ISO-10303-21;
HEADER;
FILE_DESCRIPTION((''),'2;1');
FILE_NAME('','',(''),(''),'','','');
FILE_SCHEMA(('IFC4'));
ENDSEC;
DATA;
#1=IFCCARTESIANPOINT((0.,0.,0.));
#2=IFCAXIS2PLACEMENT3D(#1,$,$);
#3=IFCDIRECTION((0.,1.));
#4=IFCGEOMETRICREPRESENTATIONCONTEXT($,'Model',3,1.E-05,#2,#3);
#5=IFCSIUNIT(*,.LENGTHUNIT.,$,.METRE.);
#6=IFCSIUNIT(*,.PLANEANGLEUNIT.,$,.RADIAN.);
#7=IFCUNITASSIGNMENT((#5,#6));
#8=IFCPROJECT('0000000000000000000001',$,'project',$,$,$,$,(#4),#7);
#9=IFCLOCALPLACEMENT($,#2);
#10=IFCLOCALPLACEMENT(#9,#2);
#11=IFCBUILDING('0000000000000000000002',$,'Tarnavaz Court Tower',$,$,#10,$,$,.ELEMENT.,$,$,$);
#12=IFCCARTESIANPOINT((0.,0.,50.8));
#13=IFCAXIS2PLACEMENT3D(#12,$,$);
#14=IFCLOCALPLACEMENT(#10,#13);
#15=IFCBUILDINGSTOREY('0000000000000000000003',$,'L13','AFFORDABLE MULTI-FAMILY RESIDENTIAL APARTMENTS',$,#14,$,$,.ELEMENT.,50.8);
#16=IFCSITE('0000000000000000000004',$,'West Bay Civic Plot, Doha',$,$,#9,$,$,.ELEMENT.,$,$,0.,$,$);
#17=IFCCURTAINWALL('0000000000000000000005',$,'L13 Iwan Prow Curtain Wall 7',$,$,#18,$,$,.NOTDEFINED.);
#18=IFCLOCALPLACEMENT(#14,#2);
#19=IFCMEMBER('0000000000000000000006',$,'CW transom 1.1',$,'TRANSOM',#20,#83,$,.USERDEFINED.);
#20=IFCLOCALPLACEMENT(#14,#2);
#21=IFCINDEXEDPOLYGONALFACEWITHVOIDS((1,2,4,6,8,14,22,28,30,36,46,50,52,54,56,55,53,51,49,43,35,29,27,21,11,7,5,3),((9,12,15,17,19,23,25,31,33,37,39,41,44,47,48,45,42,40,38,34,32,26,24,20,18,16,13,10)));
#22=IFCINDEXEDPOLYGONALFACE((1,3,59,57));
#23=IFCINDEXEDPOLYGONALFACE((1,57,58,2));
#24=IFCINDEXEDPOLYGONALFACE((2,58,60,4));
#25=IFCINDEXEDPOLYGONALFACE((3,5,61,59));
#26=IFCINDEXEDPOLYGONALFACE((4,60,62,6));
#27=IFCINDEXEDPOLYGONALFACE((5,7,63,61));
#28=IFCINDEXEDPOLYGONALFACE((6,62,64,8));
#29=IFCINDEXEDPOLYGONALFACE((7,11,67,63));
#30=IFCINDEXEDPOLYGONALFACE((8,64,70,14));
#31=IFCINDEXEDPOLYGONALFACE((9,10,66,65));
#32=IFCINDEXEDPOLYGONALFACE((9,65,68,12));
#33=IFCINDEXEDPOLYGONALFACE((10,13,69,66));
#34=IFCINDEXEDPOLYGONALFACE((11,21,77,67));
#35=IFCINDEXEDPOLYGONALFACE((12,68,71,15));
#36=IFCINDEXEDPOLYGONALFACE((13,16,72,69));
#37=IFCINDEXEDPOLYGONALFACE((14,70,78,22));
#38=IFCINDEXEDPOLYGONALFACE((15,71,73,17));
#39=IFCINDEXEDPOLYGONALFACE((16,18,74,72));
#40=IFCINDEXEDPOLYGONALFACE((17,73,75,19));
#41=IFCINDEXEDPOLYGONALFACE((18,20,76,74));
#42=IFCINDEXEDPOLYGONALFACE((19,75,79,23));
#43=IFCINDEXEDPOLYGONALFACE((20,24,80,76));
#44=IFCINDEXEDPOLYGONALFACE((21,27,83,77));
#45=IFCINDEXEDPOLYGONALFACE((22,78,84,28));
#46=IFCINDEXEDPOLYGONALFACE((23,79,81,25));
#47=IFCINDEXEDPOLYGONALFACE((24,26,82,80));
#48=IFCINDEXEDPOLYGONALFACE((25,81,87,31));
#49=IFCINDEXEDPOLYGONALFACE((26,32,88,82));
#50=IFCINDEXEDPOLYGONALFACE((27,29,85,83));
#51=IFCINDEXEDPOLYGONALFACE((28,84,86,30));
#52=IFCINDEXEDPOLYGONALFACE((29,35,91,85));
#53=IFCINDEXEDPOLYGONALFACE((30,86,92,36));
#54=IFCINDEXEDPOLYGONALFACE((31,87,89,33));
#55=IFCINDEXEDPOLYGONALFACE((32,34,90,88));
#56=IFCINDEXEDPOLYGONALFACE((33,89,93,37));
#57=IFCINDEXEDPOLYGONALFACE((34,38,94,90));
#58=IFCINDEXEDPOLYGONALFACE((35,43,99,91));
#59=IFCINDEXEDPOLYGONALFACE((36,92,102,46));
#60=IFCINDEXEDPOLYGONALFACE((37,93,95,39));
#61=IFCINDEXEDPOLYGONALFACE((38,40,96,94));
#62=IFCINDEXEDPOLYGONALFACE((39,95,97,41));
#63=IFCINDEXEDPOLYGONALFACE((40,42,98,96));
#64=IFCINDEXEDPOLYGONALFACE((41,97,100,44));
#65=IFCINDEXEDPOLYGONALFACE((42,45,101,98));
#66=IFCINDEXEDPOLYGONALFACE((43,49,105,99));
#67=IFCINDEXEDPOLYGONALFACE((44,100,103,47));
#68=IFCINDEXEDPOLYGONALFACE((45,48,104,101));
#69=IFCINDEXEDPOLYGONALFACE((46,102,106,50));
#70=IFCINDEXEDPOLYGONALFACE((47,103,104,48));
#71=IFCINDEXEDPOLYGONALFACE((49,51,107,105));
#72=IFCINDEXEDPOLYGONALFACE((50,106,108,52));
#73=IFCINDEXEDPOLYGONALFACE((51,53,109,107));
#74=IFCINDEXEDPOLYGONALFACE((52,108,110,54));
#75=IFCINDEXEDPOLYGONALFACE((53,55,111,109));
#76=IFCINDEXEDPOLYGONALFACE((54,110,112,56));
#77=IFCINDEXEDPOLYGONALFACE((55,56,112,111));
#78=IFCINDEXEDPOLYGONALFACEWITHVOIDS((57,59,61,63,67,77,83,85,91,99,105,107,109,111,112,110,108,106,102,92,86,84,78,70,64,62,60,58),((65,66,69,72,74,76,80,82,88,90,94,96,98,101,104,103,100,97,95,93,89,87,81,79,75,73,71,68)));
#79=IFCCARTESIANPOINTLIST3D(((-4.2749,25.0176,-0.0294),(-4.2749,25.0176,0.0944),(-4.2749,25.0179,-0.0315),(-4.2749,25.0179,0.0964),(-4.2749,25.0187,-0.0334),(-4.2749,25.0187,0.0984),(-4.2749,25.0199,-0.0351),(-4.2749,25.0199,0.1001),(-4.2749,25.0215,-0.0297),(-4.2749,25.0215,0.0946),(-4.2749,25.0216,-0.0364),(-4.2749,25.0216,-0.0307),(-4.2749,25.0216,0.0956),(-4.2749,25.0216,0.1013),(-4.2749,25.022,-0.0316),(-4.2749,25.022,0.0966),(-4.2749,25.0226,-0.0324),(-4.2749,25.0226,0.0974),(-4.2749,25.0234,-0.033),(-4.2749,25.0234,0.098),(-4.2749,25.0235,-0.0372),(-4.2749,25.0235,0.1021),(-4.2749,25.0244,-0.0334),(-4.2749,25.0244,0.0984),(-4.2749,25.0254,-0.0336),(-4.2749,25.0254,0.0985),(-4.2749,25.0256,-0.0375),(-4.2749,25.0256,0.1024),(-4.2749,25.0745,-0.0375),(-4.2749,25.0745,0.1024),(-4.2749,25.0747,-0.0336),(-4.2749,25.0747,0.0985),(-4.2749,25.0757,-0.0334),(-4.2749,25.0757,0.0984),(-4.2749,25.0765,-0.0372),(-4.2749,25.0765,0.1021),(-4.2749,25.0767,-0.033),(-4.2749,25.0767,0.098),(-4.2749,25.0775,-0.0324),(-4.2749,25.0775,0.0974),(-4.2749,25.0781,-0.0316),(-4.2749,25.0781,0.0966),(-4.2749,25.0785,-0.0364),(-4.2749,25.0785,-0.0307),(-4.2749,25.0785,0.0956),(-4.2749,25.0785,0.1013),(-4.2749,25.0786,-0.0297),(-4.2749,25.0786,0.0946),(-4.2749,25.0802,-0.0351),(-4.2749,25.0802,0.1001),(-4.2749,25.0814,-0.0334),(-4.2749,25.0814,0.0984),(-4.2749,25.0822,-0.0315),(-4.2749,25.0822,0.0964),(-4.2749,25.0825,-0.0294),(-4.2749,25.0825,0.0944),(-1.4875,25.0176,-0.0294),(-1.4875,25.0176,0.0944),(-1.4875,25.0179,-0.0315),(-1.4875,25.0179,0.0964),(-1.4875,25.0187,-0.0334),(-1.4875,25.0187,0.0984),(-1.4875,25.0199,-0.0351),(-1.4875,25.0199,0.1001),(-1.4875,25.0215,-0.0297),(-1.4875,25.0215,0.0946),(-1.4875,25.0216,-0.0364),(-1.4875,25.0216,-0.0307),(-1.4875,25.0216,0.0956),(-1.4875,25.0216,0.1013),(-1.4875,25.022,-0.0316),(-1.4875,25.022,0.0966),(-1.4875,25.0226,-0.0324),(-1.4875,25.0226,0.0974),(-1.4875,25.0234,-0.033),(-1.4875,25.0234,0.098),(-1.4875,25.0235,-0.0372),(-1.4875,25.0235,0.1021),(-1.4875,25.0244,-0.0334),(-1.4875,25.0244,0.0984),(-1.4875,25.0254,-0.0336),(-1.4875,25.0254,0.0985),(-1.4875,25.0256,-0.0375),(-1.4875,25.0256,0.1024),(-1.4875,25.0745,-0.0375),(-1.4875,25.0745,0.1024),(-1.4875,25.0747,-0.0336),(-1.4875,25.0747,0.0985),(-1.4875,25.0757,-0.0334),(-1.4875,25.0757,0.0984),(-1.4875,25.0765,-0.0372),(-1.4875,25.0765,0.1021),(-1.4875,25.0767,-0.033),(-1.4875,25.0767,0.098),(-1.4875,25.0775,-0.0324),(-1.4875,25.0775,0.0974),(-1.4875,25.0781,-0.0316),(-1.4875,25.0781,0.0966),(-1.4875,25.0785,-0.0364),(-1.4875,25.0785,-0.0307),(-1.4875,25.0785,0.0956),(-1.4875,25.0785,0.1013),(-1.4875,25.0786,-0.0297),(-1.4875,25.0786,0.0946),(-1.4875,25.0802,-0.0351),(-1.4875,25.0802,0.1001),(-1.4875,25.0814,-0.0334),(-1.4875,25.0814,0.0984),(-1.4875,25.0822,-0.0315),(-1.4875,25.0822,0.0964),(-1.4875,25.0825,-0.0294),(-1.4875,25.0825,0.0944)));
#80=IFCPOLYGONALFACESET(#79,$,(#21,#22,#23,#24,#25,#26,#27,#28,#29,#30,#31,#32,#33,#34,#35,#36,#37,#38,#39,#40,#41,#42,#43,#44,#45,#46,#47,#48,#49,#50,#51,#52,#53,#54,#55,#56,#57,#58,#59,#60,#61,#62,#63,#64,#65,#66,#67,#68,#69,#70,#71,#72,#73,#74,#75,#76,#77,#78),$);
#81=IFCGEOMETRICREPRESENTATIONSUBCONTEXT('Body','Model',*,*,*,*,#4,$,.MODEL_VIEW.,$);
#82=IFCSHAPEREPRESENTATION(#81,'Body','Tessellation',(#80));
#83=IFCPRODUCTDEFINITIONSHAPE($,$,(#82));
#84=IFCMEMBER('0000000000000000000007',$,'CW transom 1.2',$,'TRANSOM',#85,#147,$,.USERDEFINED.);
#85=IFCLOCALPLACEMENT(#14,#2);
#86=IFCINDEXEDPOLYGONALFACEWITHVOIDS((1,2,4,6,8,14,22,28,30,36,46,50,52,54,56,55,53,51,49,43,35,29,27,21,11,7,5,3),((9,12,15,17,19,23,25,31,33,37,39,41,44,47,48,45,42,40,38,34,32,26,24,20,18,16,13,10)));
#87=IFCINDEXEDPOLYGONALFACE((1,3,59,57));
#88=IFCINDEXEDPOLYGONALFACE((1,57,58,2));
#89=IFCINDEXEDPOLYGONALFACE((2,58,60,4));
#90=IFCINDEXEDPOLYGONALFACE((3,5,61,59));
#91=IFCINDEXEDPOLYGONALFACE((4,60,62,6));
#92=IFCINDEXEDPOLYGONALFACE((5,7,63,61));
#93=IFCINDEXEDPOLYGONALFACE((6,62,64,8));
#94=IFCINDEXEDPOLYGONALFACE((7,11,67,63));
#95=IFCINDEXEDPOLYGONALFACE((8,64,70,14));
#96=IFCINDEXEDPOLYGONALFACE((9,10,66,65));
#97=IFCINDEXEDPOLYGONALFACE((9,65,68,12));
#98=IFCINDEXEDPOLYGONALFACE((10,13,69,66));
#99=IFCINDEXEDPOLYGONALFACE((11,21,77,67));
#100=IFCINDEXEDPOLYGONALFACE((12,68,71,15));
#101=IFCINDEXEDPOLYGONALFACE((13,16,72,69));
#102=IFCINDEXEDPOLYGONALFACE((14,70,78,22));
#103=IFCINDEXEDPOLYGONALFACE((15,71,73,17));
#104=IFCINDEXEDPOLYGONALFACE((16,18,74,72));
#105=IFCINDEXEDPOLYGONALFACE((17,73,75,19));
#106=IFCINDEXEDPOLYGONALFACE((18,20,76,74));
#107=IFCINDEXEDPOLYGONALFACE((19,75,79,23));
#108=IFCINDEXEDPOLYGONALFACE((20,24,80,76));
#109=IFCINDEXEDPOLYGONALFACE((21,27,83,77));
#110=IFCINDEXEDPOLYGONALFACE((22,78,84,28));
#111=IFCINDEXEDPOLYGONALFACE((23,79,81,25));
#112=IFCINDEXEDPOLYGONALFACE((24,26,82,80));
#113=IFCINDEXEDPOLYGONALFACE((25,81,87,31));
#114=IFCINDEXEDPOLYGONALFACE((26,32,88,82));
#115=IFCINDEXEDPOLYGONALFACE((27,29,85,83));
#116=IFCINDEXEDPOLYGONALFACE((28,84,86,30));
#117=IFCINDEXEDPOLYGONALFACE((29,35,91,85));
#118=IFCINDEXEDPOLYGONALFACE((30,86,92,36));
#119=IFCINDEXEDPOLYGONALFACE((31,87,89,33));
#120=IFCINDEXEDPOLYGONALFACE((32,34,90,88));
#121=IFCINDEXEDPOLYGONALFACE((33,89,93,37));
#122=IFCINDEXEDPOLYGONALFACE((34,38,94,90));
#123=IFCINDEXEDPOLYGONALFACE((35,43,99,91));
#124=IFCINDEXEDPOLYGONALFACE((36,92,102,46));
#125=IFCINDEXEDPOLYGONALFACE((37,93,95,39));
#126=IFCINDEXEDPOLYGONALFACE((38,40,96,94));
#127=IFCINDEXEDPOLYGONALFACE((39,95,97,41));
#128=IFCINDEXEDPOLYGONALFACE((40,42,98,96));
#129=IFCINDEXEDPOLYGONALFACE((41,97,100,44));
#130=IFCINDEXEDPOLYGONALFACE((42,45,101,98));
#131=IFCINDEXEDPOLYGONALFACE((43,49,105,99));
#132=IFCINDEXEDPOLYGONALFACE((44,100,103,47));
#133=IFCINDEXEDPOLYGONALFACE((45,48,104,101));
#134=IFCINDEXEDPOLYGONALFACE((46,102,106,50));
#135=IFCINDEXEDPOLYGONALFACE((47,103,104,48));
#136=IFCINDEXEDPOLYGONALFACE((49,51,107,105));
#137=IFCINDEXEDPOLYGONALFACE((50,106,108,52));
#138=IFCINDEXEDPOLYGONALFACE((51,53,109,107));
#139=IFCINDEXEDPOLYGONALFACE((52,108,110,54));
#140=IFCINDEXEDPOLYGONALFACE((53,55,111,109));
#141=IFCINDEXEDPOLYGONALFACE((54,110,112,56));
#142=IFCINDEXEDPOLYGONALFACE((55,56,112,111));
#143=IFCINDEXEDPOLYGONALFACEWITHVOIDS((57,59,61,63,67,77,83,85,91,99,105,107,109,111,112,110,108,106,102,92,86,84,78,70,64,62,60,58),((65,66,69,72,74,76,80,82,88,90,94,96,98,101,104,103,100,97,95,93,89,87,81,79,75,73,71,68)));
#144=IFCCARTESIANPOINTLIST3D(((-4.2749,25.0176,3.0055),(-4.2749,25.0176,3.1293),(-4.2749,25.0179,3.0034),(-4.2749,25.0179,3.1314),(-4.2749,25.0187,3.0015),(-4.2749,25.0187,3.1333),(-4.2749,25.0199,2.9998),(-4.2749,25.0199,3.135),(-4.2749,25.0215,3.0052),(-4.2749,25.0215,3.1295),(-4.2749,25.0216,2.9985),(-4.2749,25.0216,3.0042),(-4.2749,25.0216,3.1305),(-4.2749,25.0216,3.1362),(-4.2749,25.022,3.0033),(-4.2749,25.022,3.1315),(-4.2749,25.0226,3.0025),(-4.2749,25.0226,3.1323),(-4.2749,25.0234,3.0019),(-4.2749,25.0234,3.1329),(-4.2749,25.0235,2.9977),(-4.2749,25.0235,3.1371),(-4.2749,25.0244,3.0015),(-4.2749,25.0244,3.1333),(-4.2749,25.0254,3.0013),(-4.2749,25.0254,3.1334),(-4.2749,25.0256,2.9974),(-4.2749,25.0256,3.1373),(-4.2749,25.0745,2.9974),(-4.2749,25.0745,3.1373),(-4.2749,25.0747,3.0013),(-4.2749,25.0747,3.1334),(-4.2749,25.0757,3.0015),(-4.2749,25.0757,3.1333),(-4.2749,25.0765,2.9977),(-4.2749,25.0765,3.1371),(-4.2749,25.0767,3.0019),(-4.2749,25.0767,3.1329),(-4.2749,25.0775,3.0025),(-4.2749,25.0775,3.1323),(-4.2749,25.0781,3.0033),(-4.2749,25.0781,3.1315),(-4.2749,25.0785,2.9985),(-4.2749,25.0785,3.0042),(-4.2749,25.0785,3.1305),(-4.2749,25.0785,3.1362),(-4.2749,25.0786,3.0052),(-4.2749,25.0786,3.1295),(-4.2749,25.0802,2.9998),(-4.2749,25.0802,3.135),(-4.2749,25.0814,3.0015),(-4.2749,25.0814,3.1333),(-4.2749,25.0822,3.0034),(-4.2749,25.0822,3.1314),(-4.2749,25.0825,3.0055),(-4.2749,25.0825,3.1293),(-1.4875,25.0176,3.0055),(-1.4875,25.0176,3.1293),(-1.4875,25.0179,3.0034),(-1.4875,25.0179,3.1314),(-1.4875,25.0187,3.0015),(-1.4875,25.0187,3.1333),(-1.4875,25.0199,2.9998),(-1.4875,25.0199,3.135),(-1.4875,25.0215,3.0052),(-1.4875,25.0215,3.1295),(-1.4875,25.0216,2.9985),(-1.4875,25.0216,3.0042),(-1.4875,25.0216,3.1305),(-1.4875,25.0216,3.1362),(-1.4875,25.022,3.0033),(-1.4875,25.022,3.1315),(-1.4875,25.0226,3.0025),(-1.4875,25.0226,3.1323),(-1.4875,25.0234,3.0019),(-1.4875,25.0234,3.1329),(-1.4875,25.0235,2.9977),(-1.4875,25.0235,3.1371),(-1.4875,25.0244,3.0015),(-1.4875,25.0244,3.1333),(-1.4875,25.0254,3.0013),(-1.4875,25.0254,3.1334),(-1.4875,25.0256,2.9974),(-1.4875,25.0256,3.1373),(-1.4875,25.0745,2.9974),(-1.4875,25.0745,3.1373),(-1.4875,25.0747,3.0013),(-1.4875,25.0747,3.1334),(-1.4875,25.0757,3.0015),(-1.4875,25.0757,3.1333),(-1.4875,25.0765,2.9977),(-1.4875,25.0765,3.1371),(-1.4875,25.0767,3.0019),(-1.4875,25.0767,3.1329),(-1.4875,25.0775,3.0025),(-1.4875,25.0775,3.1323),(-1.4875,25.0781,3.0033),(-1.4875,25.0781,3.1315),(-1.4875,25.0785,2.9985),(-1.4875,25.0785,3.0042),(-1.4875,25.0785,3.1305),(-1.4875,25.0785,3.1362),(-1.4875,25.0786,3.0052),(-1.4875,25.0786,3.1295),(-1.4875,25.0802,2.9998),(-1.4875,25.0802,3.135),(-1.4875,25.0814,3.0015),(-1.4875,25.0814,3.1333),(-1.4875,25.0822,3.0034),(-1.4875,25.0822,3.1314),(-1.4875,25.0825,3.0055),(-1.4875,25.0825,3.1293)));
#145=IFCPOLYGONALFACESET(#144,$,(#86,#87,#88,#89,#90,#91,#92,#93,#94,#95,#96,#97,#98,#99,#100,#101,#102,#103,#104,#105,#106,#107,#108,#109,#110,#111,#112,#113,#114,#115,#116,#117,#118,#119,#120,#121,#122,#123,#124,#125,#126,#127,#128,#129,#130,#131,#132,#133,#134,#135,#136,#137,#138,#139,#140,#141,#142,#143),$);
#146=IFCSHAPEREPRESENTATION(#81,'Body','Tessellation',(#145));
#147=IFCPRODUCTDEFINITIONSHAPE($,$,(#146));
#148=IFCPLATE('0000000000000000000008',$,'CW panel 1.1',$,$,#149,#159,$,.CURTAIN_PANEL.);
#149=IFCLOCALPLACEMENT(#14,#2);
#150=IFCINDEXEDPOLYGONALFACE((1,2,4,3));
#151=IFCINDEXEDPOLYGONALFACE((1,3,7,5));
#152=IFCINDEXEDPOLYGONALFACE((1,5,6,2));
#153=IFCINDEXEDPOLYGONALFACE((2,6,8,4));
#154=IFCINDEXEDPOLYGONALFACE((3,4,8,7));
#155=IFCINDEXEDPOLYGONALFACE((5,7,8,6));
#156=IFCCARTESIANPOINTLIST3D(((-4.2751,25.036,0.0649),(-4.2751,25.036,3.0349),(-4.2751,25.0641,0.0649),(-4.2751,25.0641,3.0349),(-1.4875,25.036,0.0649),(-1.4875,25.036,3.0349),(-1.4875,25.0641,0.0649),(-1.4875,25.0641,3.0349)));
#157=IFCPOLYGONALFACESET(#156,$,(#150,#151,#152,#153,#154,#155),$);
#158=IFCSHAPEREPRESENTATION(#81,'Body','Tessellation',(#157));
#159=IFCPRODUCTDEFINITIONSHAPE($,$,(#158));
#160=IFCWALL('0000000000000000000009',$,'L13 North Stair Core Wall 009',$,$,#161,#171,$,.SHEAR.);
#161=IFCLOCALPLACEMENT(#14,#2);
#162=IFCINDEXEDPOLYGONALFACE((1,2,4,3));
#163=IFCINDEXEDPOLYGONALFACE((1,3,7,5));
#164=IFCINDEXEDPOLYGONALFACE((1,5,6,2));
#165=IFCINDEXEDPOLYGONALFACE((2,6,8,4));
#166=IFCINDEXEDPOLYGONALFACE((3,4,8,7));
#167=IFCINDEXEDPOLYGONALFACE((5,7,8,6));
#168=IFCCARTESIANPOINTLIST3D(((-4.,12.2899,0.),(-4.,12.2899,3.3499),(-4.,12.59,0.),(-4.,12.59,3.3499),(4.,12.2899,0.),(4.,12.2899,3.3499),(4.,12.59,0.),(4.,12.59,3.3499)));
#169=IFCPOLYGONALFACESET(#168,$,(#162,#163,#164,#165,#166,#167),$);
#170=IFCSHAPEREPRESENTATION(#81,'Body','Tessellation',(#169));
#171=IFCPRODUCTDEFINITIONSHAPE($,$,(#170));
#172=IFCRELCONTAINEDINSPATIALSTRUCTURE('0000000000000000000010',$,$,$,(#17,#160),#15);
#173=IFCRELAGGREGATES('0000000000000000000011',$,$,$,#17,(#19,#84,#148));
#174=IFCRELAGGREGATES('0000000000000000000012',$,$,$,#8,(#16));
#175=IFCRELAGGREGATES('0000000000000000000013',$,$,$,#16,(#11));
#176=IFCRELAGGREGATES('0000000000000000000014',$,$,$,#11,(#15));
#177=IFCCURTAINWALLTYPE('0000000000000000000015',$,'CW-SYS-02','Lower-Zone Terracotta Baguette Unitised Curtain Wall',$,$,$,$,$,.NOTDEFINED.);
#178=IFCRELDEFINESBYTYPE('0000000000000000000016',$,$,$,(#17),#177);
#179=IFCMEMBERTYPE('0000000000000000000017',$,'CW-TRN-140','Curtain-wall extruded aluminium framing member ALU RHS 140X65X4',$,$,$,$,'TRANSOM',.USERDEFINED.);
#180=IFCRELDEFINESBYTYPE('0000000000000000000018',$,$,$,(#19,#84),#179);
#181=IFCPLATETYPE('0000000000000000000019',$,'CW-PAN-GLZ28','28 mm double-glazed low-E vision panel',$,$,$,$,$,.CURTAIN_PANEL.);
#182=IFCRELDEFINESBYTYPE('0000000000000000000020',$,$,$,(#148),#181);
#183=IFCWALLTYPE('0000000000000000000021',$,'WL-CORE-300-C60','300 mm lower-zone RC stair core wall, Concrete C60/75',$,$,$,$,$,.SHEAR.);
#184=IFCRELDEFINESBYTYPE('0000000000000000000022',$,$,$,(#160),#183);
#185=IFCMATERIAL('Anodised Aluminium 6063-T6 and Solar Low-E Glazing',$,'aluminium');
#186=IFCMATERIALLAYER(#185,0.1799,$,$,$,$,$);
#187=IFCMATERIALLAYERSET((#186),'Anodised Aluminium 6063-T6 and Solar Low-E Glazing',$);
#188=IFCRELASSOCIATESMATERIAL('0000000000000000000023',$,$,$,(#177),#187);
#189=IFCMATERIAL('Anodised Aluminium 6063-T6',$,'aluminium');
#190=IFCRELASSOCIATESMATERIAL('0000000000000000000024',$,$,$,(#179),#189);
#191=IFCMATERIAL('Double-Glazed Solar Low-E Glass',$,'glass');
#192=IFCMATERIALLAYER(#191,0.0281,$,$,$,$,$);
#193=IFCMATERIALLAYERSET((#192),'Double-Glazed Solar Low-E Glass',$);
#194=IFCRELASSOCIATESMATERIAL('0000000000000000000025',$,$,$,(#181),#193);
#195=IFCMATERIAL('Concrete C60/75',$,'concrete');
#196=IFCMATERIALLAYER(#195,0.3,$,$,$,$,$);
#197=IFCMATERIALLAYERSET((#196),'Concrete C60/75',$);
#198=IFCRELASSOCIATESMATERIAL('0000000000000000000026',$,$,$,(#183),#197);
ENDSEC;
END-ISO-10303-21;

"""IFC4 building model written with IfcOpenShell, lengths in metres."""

from ifc_helpers import new_model, si_unit, direction, frame, frame_2d, origin, origin_2d, place, context, subcontext, project, spatial, rectangle, hollow_rectangle, extrude, material, layer, layer_set, material_profile, profile_set, type_object, element, aggregate, save


model = new_model("IFC4")

# Units and contexts
model_context = context("Model", 3, precision=1e-05, world=origin(), true_north=direction((0.0, 1.0)))
body_context = subcontext(model_context, "Body", "Model", "MODEL_VIEW")
ifc_project = project(units=[si_unit("LENGTHUNIT", "METRE"), si_unit("PLANEANGLEUNIT", "RADIAN")], contexts=[model_context])

# Site, building, storey
site_placement = place(None, origin())
site = spatial("IfcSite", under=ifc_project, at=site_placement, Name="West Bay Civic Plot, Doha", CompositionType="ELEMENT", RefElevation=0.0)
building_placement = place(site_placement, origin())
building = spatial("IfcBuilding", under=site, at=building_placement, Name="Tarnavaz Court Tower", CompositionType="ELEMENT")
storey_placement = place(building_placement, frame((0.0, 0.0, 50.8)))
storey = spatial("IfcBuildingStorey", under=building, at=storey_placement, Name="L13", Description="AFFORDABLE MULTI-FAMILY RESIDENTIAL APARTMENTS", CompositionType="ELEMENT", Elevation=50.8)

# Shared definitions
ifc_material_1 = material(Name="Concrete C60/75", Category="concrete")

# Curtain wall, members, plate
ifc_material_2 = material(Name="Anodised Aluminium 6063-T6 and Solar Low-E Glazing", Category="aluminium")
ifc_layer_1 = layer(ifc_material_2, 0.1799)
ifc_layer_set_1 = layer_set([ifc_layer_1], Name="Anodised Aluminium 6063-T6 and Solar Low-E Glazing")
curtain_wall_type = type_object("IfcCurtainWallType", Name="CW-SYS-02", Description="Lower-Zone Terracotta Baguette Unitised Curtain Wall", PredefinedType="NOTDEFINED", material=ifc_layer_set_1)
curtain_wall_placement = place(storey_placement, origin())
curtain_wall = element("IfcCurtainWall", 1, at=curtain_wall_placement, inside=storey, type_object=curtain_wall_type, Name="L13 Iwan Prow Curtain Wall 7", PredefinedType="NOTDEFINED")
ifc_material_3 = material(Name="Anodised Aluminium 6063-T6", Category="aluminium")
ifc_material_profile_1 = material_profile(ifc_material_3, hollow_rectangle(XDim=0.0649, YDim=0.1399, WallThickness=0.0039, InnerFilletRadius=0.0039, OuterFilletRadius=0.0081, at=origin_2d()), Name="ALU RHS 140X65X4")
ifc_profile_set_1 = profile_set([ifc_material_profile_1], Name="Anodised Aluminium 6063-T6")
member_type_1 = type_object("IfcMemberType", Name="CW-TRN-140", Description="Curtain-wall extruded aluminium framing member ALU RHS 140X65X4", ElementType="TRANSOM", PredefinedType="USERDEFINED", material=ifc_profile_set_1)
member_1_placement = place(storey_placement, frame((-4.2749, 25.05, 0.0325), z_axis=(1.0, 0.0, 0.0), x_axis=(0.0, 1.0, 0.0)))
member_1 = element("IfcMember", 2, at=member_1_placement, type_object=member_type_1, Name="CW transom 1.1", ObjectType="TRANSOM", PredefinedType="USERDEFINED", context=body_context, shape_type="SweptSolid", body=[
    extrude(hollow_rectangle(XDim=0.0649, YDim=0.1399, WallThickness=0.0039, InnerFilletRadius=0.0039, OuterFilletRadius=0.0081, at=origin_2d()), origin(), (0.0, 0.0, 1.0), 2.7874),
])
member_2_placement = place(storey_placement, frame((-4.2749, 25.05, 3.0674), z_axis=(1.0, 0.0, 0.0), x_axis=(0.0, 1.0, 0.0)))
member_2 = element("IfcMember", 3, at=member_2_placement, type_object=member_type_1, Name="CW transom 1.2", ObjectType="TRANSOM", PredefinedType="USERDEFINED", context=body_context, shape_type="SweptSolid", body=[
    extrude(hollow_rectangle(XDim=0.0649, YDim=0.1399, WallThickness=0.0039, InnerFilletRadius=0.0039, OuterFilletRadius=0.0081, at=origin_2d()), origin(), (0.0, 0.0, 1.0), 2.7874),
])
ifc_material_4 = material(Name="Double-Glazed Solar Low-E Glass", Category="glass")
ifc_layer_2 = layer(ifc_material_4, 0.0281)
ifc_layer_set_2 = layer_set([ifc_layer_2], Name="Double-Glazed Solar Low-E Glass")
plate_type = type_object("IfcPlateType", Name="CW-PAN-GLZ28", Description="28 mm double-glazed low-E vision panel", PredefinedType="CURTAIN_PANEL", material=ifc_layer_set_2)
plate_placement = place(storey_placement, frame((-2.8813, 25.05, 0.0649), z_axis=(0.0, 0.0, 1.0), x_axis=(1.0, 0.0, 0.0)))
plate = element("IfcPlate", 4, at=plate_placement, type_object=plate_type, Name="CW panel 1.1", PredefinedType="CURTAIN_PANEL", context=body_context, shape_type="SweptSolid", body=[
    extrude(rectangle(XDim=2.7876, YDim=0.0281, at=origin_2d()), origin(), (0.0, 0.0, 1.0), 2.97),
])
aggregate(curtain_wall, [member_1, member_2, plate])

# Wall
ifc_layer_3 = layer(ifc_material_1, 0.3)
ifc_layer_set_3 = layer_set([ifc_layer_3], Name="Concrete C60/75")
wall_type_1 = type_object("IfcWallType", Name="WL-CORE-300-C60", Description="300 mm lower-zone RC stair core wall, Concrete C60/75", PredefinedType="SHEAR", material=ifc_layer_set_3)
wall_1_placement = place(storey_placement, frame((-4.0, 12.4399, 0.0), z_axis=(0.0, 0.0, 1.0), x_axis=(1.0, 0.0, 0.0)))
element("IfcWall", 5, at=wall_1_placement, inside=storey, type_object=wall_type_1, Name="L13 North Stair Core Wall 009", PredefinedType="SHEAR", context=body_context, shape_type="SweptSolid", body=[
    extrude(rectangle(XDim=8.0, YDim=0.3, at=frame_2d((4.0, 0.0))), origin(), (0.0, 0.0, 1.0), 3.3499),
])

save(model, "model.ifc")
